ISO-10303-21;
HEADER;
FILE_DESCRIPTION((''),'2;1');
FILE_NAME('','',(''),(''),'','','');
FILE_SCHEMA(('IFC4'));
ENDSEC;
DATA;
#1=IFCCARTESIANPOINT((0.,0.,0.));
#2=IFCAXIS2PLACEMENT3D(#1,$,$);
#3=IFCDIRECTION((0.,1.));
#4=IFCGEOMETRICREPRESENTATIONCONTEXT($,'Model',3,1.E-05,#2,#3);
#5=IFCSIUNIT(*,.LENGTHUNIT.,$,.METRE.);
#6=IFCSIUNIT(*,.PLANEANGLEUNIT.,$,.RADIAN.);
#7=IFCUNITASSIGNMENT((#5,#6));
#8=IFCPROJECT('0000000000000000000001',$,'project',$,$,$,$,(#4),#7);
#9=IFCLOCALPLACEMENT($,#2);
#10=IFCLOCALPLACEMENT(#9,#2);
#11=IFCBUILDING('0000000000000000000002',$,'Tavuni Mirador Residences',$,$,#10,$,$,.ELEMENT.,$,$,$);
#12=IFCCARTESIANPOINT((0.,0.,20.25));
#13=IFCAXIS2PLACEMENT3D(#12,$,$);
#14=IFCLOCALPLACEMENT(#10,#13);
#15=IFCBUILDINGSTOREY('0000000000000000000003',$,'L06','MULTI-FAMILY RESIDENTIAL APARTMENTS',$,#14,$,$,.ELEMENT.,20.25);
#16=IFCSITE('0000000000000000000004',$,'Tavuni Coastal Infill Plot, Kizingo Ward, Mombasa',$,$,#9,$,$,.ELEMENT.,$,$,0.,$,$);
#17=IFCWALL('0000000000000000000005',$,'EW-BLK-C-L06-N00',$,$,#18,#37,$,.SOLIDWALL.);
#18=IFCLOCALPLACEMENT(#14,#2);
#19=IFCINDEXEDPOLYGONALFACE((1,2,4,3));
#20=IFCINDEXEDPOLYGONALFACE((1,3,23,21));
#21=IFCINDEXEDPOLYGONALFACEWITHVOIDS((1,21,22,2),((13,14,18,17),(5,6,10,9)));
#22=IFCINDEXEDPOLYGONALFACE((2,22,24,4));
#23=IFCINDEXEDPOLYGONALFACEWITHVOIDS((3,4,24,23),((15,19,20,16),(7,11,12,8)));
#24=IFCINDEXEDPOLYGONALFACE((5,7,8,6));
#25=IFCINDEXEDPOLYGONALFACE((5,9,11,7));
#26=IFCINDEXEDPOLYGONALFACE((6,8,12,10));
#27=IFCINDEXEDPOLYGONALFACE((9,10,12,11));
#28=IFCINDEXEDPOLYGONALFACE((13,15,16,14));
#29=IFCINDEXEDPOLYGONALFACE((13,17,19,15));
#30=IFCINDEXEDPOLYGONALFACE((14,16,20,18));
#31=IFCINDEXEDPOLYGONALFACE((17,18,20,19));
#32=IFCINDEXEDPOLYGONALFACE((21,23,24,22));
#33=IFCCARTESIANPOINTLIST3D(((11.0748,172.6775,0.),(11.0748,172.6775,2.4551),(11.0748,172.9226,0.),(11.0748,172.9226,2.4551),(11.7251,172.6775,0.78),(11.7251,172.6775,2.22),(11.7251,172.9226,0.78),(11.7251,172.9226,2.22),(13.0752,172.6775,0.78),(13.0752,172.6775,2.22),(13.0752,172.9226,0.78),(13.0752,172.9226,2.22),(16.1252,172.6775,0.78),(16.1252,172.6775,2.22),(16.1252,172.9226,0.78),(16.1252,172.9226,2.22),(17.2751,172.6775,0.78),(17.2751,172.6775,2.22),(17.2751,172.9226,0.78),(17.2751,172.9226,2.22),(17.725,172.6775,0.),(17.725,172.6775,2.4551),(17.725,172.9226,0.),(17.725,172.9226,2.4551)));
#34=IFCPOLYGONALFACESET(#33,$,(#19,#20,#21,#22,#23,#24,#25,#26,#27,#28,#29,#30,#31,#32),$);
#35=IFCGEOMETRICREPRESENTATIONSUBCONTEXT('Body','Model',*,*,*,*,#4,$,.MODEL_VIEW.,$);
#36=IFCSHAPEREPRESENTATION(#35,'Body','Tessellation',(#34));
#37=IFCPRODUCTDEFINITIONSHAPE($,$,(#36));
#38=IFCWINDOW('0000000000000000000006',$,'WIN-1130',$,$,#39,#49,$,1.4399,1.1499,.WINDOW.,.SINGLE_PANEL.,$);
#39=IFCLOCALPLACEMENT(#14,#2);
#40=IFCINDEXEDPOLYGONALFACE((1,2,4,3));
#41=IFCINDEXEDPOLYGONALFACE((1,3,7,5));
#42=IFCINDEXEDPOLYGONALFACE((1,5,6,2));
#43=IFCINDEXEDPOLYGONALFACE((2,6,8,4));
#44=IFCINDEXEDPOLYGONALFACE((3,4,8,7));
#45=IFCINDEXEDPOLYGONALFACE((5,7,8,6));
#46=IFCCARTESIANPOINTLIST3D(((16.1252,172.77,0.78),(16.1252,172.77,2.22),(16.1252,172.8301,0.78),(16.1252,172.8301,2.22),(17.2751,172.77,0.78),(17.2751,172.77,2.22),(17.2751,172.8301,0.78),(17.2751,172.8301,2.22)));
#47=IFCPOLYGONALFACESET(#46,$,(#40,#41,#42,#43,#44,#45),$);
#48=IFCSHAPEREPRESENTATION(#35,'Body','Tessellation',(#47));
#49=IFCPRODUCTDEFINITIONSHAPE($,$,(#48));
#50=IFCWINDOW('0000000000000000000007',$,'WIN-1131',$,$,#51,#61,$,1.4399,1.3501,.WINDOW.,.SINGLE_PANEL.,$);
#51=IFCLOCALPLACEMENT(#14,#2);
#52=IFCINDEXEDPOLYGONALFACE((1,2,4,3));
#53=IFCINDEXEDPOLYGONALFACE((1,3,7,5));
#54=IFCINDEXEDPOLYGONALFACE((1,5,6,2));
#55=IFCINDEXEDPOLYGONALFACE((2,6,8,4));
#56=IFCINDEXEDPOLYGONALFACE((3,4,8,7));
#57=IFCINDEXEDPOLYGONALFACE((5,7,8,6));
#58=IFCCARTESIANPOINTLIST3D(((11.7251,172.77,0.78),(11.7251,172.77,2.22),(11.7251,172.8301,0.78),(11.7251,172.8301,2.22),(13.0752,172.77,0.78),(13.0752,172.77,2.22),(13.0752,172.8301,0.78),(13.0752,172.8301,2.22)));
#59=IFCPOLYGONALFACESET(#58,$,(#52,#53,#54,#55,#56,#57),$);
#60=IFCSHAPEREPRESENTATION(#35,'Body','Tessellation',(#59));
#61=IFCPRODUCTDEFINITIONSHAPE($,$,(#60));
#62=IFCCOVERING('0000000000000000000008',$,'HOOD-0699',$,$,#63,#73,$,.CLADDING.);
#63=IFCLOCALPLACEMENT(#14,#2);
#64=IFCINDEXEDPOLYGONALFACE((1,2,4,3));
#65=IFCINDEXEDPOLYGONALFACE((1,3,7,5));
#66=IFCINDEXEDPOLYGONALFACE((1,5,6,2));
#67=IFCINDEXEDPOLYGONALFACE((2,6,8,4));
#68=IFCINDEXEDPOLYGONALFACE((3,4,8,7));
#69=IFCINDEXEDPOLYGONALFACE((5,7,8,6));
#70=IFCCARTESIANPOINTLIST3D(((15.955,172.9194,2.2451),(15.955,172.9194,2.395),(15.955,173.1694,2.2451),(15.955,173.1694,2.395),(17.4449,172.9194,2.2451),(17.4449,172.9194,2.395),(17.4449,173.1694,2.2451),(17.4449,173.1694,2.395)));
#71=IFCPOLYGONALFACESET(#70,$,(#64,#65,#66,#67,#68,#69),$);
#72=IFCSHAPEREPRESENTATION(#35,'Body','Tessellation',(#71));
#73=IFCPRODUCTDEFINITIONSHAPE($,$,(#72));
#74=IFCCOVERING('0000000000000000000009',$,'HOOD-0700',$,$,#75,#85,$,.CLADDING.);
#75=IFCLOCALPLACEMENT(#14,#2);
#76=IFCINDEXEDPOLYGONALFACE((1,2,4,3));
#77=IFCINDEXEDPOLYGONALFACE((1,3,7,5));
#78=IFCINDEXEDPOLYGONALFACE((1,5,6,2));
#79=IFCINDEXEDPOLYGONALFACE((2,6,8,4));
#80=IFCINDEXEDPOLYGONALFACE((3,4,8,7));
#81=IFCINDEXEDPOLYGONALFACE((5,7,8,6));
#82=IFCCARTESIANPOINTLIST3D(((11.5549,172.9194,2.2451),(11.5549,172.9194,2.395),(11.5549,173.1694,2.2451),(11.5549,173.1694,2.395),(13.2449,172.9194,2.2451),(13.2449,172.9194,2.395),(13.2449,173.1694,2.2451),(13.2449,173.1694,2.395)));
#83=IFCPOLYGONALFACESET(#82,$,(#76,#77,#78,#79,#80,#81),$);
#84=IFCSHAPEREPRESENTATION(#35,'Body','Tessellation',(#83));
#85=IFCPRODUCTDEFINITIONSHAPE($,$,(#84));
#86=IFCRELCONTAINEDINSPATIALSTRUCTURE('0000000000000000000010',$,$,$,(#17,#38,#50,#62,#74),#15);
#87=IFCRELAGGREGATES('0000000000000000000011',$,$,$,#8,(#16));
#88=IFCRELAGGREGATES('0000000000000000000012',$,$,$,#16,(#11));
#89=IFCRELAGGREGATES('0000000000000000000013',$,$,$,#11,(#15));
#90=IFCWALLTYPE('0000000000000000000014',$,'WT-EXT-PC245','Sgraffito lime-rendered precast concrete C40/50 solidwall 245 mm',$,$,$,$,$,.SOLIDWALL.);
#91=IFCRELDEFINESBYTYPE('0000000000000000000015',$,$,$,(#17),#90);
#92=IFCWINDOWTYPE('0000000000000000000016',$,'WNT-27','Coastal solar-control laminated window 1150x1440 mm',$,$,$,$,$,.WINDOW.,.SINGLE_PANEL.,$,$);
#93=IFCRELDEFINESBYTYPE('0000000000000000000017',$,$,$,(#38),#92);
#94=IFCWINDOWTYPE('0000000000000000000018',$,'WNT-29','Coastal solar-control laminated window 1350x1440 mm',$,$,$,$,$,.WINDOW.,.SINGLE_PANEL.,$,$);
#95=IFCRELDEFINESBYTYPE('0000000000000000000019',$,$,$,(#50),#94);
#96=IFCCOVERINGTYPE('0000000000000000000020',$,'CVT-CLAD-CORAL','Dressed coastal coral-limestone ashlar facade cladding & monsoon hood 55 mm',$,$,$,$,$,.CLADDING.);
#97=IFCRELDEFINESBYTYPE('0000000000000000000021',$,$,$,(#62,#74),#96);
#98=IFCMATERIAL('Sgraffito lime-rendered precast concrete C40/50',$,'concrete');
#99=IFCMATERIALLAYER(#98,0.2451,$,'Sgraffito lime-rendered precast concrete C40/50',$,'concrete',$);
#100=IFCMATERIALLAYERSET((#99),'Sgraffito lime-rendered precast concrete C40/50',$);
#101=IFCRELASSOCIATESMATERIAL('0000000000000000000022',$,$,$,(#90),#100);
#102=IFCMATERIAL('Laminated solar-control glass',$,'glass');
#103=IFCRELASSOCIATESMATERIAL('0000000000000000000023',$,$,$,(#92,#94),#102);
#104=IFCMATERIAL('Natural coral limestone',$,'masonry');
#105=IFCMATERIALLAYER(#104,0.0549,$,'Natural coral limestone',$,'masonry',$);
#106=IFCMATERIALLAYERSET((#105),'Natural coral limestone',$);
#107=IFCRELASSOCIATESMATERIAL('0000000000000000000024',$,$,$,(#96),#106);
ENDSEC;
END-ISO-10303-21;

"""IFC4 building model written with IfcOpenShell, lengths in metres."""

from ifc_helpers import new_model, si_unit, direction, frame, frame_2d, origin, origin_2d, place, context, subcontext, project, spatial, rectangle, extrude, material, layer, layer_set, type_object, element, fill, save


model = new_model("IFC4")

# Units and contexts
model_context = context("Model", 3, precision=1e-05, world=origin(), true_north=direction((0.0, 1.0)))
body_context = subcontext(model_context, "Body", "Model", "MODEL_VIEW")
ifc_project = project(units=[si_unit("LENGTHUNIT", "METRE"), si_unit("PLANEANGLEUNIT", "RADIAN")], contexts=[model_context])

# Site, building, storey
site_placement = place(None, origin())
site = spatial("IfcSite", under=ifc_project, at=site_placement, Name="Tavuni Coastal Infill Plot, Kizingo Ward, Mombasa", CompositionType="ELEMENT", RefElevation=0.0)
building_placement = place(site_placement, origin())
building = spatial("IfcBuilding", under=site, at=building_placement, Name="Tavuni Mirador Residences", CompositionType="ELEMENT")
storey_placement = place(building_placement, frame((0.0, 0.0, 20.25)))
storey = spatial("IfcBuildingStorey", under=building, at=storey_placement, Name="L06", Description="MULTI-FAMILY RESIDENTIAL APARTMENTS", CompositionType="ELEMENT", Elevation=20.25)

# Shared definitions
ifc_material_1 = material(Name="Laminated solar-control glass", Category="glass")

# Wall, openings, windows
ifc_material_2 = material(Name="Sgraffito lime-rendered precast concrete C40/50", Category="concrete")
ifc_layer_1 = layer(ifc_material_2, 0.2451, Name="Sgraffito lime-rendered precast concrete C40/50", Category="concrete")
ifc_layer_set_1 = layer_set([ifc_layer_1], Name="Sgraffito lime-rendered precast concrete C40/50")
wall_type = type_object("IfcWallType", Name="WT-EXT-PC245", Description="Sgraffito lime-rendered precast concrete C40/50 solidwall 245 mm", PredefinedType="SOLIDWALL", material=ifc_layer_set_1)
wall_placement = place(storey_placement, frame((17.7251, 172.8, 0.0), z_axis=(0.0, 0.0, 1.0), x_axis=(-1.0, 0.0, 0.0)))
wall = element("IfcWall", 1, at=wall_placement, inside=storey, type_object=wall_type, Name="EW-BLK-C-L06-N00", PredefinedType="SOLIDWALL", context=body_context, shape_type="SweptSolid", body=[
    extrude(rectangle(XDim=6.6501, YDim=0.2451, at=frame_2d((3.3252, 0.0))), origin(), (0.0, 0.0, 1.0), 2.4551),
])
opening_1_placement = place(wall_placement, frame((0.45, 0.0, 0.78)))
opening_1 = element("IfcOpeningElement", 2, at=opening_1_placement, cuts=wall, PredefinedType="OPENING", context=body_context, shape_type="SweptSolid", body=[
    extrude(rectangle(XDim=1.1499, YDim=1.4399, at=frame_2d((0.575, 0.72))), frame((0.0, 0.1326, 0.0), z_axis=(0.0, -1.0, 0.0), x_axis=(1.0, 0.0, 0.0)), (0.0, 0.0, 1.0), 0.2651),
])
opening_2_placement = place(wall_placement, frame((4.6499, 0.0, 0.78)))
opening_2 = element("IfcOpeningElement", 3, at=opening_2_placement, cuts=wall, PredefinedType="OPENING", context=body_context, shape_type="SweptSolid", body=[
    extrude(rectangle(XDim=1.3501, YDim=1.4399, at=frame_2d((0.675, 0.72))), frame((0.0, 0.1326, 0.0), z_axis=(0.0, -1.0, 0.0), x_axis=(1.0, 0.0, 0.0)), (0.0, 0.0, 1.0), 0.2651),
])
window_type_1 = type_object("IfcWindowType", Name="WNT-27", Description="Coastal solar-control laminated window 1150x1440 mm", PartitioningType="SINGLE_PANEL", PredefinedType="WINDOW", material=ifc_material_1)
window_1_placement = place(opening_1_placement, origin())
window_1 = element("IfcWindow", 4, at=window_1_placement, inside=storey, type_object=window_type_1, Name="WIN-1130", OverallHeight=1.4399, OverallWidth=1.1499, PartitioningType="SINGLE_PANEL", PredefinedType="WINDOW", context=body_context, shape_type="SweptSolid", body=[
    extrude(rectangle(XDim=1.1499, YDim=1.4399, at=frame_2d((0.575, 0.72))), frame((0.0, 0.03, 0.0), z_axis=(0.0, -1.0, 0.0), x_axis=(1.0, 0.0, 0.0)), (0.0, 0.0, 1.0), 0.0601),
])
fill(opening_1, window_1)
window_type_2 = type_object("IfcWindowType", Name="WNT-29", Description="Coastal solar-control laminated window 1350x1440 mm", PartitioningType="SINGLE_PANEL", PredefinedType="WINDOW", material=ifc_material_1)
window_2_placement = place(opening_2_placement, origin())
window_2 = element("IfcWindow", 5, at=window_2_placement, inside=storey, type_object=window_type_2, Name="WIN-1131", OverallHeight=1.4399, OverallWidth=1.3501, PartitioningType="SINGLE_PANEL", PredefinedType="WINDOW", context=body_context, shape_type="SweptSolid", body=[
    extrude(rectangle(XDim=1.3501, YDim=1.4399, at=frame_2d((0.675, 0.72))), frame((0.0, 0.03, 0.0), z_axis=(0.0, -1.0, 0.0), x_axis=(1.0, 0.0, 0.0)), (0.0, 0.0, 1.0), 0.0601),
])
fill(opening_2, window_2)

# Coverings
ifc_material_3 = material(Name="Natural coral limestone", Category="masonry")
ifc_layer_2 = layer(ifc_material_3, 0.0549, Name="Natural coral limestone", Category="masonry")
ifc_layer_set_2 = layer_set([ifc_layer_2], Name="Natural coral limestone")
covering_type = type_object("IfcCoveringType", Name="CVT-CLAD-CORAL", Description="Dressed coastal coral-limestone ashlar facade cladding & monsoon hood 55 mm", PredefinedType="CLADDING", material=ifc_layer_set_2)
covering_1_placement = place(storey_placement, frame((16.7, 173.0444, 2.2451), z_axis=(0.0, 0.0, 1.0), x_axis=(-1.0, 0.0, 0.0)))
element("IfcCovering", 6, at=covering_1_placement, inside=storey, type_object=covering_type, Name="HOOD-0699", PredefinedType="CLADDING", context=body_context, shape_type="SweptSolid", body=[
    extrude(rectangle(XDim=1.49, YDim=0.25, at=origin_2d()), origin(), (0.0, 0.0, 1.0), 0.1499),
])
covering_2_placement = place(storey_placement, frame((12.3999, 173.0444, 2.2451), z_axis=(0.0, 0.0, 1.0), x_axis=(-1.0, 0.0, 0.0)))
element("IfcCovering", 7, at=covering_2_placement, inside=storey, type_object=covering_type, Name="HOOD-0700", PredefinedType="CLADDING", context=body_context, shape_type="SweptSolid", body=[
    extrude(rectangle(XDim=1.6899, YDim=0.25, at=origin_2d()), origin(), (0.0, 0.0, 1.0), 0.1499),
])

save(model, "model.ifc")
